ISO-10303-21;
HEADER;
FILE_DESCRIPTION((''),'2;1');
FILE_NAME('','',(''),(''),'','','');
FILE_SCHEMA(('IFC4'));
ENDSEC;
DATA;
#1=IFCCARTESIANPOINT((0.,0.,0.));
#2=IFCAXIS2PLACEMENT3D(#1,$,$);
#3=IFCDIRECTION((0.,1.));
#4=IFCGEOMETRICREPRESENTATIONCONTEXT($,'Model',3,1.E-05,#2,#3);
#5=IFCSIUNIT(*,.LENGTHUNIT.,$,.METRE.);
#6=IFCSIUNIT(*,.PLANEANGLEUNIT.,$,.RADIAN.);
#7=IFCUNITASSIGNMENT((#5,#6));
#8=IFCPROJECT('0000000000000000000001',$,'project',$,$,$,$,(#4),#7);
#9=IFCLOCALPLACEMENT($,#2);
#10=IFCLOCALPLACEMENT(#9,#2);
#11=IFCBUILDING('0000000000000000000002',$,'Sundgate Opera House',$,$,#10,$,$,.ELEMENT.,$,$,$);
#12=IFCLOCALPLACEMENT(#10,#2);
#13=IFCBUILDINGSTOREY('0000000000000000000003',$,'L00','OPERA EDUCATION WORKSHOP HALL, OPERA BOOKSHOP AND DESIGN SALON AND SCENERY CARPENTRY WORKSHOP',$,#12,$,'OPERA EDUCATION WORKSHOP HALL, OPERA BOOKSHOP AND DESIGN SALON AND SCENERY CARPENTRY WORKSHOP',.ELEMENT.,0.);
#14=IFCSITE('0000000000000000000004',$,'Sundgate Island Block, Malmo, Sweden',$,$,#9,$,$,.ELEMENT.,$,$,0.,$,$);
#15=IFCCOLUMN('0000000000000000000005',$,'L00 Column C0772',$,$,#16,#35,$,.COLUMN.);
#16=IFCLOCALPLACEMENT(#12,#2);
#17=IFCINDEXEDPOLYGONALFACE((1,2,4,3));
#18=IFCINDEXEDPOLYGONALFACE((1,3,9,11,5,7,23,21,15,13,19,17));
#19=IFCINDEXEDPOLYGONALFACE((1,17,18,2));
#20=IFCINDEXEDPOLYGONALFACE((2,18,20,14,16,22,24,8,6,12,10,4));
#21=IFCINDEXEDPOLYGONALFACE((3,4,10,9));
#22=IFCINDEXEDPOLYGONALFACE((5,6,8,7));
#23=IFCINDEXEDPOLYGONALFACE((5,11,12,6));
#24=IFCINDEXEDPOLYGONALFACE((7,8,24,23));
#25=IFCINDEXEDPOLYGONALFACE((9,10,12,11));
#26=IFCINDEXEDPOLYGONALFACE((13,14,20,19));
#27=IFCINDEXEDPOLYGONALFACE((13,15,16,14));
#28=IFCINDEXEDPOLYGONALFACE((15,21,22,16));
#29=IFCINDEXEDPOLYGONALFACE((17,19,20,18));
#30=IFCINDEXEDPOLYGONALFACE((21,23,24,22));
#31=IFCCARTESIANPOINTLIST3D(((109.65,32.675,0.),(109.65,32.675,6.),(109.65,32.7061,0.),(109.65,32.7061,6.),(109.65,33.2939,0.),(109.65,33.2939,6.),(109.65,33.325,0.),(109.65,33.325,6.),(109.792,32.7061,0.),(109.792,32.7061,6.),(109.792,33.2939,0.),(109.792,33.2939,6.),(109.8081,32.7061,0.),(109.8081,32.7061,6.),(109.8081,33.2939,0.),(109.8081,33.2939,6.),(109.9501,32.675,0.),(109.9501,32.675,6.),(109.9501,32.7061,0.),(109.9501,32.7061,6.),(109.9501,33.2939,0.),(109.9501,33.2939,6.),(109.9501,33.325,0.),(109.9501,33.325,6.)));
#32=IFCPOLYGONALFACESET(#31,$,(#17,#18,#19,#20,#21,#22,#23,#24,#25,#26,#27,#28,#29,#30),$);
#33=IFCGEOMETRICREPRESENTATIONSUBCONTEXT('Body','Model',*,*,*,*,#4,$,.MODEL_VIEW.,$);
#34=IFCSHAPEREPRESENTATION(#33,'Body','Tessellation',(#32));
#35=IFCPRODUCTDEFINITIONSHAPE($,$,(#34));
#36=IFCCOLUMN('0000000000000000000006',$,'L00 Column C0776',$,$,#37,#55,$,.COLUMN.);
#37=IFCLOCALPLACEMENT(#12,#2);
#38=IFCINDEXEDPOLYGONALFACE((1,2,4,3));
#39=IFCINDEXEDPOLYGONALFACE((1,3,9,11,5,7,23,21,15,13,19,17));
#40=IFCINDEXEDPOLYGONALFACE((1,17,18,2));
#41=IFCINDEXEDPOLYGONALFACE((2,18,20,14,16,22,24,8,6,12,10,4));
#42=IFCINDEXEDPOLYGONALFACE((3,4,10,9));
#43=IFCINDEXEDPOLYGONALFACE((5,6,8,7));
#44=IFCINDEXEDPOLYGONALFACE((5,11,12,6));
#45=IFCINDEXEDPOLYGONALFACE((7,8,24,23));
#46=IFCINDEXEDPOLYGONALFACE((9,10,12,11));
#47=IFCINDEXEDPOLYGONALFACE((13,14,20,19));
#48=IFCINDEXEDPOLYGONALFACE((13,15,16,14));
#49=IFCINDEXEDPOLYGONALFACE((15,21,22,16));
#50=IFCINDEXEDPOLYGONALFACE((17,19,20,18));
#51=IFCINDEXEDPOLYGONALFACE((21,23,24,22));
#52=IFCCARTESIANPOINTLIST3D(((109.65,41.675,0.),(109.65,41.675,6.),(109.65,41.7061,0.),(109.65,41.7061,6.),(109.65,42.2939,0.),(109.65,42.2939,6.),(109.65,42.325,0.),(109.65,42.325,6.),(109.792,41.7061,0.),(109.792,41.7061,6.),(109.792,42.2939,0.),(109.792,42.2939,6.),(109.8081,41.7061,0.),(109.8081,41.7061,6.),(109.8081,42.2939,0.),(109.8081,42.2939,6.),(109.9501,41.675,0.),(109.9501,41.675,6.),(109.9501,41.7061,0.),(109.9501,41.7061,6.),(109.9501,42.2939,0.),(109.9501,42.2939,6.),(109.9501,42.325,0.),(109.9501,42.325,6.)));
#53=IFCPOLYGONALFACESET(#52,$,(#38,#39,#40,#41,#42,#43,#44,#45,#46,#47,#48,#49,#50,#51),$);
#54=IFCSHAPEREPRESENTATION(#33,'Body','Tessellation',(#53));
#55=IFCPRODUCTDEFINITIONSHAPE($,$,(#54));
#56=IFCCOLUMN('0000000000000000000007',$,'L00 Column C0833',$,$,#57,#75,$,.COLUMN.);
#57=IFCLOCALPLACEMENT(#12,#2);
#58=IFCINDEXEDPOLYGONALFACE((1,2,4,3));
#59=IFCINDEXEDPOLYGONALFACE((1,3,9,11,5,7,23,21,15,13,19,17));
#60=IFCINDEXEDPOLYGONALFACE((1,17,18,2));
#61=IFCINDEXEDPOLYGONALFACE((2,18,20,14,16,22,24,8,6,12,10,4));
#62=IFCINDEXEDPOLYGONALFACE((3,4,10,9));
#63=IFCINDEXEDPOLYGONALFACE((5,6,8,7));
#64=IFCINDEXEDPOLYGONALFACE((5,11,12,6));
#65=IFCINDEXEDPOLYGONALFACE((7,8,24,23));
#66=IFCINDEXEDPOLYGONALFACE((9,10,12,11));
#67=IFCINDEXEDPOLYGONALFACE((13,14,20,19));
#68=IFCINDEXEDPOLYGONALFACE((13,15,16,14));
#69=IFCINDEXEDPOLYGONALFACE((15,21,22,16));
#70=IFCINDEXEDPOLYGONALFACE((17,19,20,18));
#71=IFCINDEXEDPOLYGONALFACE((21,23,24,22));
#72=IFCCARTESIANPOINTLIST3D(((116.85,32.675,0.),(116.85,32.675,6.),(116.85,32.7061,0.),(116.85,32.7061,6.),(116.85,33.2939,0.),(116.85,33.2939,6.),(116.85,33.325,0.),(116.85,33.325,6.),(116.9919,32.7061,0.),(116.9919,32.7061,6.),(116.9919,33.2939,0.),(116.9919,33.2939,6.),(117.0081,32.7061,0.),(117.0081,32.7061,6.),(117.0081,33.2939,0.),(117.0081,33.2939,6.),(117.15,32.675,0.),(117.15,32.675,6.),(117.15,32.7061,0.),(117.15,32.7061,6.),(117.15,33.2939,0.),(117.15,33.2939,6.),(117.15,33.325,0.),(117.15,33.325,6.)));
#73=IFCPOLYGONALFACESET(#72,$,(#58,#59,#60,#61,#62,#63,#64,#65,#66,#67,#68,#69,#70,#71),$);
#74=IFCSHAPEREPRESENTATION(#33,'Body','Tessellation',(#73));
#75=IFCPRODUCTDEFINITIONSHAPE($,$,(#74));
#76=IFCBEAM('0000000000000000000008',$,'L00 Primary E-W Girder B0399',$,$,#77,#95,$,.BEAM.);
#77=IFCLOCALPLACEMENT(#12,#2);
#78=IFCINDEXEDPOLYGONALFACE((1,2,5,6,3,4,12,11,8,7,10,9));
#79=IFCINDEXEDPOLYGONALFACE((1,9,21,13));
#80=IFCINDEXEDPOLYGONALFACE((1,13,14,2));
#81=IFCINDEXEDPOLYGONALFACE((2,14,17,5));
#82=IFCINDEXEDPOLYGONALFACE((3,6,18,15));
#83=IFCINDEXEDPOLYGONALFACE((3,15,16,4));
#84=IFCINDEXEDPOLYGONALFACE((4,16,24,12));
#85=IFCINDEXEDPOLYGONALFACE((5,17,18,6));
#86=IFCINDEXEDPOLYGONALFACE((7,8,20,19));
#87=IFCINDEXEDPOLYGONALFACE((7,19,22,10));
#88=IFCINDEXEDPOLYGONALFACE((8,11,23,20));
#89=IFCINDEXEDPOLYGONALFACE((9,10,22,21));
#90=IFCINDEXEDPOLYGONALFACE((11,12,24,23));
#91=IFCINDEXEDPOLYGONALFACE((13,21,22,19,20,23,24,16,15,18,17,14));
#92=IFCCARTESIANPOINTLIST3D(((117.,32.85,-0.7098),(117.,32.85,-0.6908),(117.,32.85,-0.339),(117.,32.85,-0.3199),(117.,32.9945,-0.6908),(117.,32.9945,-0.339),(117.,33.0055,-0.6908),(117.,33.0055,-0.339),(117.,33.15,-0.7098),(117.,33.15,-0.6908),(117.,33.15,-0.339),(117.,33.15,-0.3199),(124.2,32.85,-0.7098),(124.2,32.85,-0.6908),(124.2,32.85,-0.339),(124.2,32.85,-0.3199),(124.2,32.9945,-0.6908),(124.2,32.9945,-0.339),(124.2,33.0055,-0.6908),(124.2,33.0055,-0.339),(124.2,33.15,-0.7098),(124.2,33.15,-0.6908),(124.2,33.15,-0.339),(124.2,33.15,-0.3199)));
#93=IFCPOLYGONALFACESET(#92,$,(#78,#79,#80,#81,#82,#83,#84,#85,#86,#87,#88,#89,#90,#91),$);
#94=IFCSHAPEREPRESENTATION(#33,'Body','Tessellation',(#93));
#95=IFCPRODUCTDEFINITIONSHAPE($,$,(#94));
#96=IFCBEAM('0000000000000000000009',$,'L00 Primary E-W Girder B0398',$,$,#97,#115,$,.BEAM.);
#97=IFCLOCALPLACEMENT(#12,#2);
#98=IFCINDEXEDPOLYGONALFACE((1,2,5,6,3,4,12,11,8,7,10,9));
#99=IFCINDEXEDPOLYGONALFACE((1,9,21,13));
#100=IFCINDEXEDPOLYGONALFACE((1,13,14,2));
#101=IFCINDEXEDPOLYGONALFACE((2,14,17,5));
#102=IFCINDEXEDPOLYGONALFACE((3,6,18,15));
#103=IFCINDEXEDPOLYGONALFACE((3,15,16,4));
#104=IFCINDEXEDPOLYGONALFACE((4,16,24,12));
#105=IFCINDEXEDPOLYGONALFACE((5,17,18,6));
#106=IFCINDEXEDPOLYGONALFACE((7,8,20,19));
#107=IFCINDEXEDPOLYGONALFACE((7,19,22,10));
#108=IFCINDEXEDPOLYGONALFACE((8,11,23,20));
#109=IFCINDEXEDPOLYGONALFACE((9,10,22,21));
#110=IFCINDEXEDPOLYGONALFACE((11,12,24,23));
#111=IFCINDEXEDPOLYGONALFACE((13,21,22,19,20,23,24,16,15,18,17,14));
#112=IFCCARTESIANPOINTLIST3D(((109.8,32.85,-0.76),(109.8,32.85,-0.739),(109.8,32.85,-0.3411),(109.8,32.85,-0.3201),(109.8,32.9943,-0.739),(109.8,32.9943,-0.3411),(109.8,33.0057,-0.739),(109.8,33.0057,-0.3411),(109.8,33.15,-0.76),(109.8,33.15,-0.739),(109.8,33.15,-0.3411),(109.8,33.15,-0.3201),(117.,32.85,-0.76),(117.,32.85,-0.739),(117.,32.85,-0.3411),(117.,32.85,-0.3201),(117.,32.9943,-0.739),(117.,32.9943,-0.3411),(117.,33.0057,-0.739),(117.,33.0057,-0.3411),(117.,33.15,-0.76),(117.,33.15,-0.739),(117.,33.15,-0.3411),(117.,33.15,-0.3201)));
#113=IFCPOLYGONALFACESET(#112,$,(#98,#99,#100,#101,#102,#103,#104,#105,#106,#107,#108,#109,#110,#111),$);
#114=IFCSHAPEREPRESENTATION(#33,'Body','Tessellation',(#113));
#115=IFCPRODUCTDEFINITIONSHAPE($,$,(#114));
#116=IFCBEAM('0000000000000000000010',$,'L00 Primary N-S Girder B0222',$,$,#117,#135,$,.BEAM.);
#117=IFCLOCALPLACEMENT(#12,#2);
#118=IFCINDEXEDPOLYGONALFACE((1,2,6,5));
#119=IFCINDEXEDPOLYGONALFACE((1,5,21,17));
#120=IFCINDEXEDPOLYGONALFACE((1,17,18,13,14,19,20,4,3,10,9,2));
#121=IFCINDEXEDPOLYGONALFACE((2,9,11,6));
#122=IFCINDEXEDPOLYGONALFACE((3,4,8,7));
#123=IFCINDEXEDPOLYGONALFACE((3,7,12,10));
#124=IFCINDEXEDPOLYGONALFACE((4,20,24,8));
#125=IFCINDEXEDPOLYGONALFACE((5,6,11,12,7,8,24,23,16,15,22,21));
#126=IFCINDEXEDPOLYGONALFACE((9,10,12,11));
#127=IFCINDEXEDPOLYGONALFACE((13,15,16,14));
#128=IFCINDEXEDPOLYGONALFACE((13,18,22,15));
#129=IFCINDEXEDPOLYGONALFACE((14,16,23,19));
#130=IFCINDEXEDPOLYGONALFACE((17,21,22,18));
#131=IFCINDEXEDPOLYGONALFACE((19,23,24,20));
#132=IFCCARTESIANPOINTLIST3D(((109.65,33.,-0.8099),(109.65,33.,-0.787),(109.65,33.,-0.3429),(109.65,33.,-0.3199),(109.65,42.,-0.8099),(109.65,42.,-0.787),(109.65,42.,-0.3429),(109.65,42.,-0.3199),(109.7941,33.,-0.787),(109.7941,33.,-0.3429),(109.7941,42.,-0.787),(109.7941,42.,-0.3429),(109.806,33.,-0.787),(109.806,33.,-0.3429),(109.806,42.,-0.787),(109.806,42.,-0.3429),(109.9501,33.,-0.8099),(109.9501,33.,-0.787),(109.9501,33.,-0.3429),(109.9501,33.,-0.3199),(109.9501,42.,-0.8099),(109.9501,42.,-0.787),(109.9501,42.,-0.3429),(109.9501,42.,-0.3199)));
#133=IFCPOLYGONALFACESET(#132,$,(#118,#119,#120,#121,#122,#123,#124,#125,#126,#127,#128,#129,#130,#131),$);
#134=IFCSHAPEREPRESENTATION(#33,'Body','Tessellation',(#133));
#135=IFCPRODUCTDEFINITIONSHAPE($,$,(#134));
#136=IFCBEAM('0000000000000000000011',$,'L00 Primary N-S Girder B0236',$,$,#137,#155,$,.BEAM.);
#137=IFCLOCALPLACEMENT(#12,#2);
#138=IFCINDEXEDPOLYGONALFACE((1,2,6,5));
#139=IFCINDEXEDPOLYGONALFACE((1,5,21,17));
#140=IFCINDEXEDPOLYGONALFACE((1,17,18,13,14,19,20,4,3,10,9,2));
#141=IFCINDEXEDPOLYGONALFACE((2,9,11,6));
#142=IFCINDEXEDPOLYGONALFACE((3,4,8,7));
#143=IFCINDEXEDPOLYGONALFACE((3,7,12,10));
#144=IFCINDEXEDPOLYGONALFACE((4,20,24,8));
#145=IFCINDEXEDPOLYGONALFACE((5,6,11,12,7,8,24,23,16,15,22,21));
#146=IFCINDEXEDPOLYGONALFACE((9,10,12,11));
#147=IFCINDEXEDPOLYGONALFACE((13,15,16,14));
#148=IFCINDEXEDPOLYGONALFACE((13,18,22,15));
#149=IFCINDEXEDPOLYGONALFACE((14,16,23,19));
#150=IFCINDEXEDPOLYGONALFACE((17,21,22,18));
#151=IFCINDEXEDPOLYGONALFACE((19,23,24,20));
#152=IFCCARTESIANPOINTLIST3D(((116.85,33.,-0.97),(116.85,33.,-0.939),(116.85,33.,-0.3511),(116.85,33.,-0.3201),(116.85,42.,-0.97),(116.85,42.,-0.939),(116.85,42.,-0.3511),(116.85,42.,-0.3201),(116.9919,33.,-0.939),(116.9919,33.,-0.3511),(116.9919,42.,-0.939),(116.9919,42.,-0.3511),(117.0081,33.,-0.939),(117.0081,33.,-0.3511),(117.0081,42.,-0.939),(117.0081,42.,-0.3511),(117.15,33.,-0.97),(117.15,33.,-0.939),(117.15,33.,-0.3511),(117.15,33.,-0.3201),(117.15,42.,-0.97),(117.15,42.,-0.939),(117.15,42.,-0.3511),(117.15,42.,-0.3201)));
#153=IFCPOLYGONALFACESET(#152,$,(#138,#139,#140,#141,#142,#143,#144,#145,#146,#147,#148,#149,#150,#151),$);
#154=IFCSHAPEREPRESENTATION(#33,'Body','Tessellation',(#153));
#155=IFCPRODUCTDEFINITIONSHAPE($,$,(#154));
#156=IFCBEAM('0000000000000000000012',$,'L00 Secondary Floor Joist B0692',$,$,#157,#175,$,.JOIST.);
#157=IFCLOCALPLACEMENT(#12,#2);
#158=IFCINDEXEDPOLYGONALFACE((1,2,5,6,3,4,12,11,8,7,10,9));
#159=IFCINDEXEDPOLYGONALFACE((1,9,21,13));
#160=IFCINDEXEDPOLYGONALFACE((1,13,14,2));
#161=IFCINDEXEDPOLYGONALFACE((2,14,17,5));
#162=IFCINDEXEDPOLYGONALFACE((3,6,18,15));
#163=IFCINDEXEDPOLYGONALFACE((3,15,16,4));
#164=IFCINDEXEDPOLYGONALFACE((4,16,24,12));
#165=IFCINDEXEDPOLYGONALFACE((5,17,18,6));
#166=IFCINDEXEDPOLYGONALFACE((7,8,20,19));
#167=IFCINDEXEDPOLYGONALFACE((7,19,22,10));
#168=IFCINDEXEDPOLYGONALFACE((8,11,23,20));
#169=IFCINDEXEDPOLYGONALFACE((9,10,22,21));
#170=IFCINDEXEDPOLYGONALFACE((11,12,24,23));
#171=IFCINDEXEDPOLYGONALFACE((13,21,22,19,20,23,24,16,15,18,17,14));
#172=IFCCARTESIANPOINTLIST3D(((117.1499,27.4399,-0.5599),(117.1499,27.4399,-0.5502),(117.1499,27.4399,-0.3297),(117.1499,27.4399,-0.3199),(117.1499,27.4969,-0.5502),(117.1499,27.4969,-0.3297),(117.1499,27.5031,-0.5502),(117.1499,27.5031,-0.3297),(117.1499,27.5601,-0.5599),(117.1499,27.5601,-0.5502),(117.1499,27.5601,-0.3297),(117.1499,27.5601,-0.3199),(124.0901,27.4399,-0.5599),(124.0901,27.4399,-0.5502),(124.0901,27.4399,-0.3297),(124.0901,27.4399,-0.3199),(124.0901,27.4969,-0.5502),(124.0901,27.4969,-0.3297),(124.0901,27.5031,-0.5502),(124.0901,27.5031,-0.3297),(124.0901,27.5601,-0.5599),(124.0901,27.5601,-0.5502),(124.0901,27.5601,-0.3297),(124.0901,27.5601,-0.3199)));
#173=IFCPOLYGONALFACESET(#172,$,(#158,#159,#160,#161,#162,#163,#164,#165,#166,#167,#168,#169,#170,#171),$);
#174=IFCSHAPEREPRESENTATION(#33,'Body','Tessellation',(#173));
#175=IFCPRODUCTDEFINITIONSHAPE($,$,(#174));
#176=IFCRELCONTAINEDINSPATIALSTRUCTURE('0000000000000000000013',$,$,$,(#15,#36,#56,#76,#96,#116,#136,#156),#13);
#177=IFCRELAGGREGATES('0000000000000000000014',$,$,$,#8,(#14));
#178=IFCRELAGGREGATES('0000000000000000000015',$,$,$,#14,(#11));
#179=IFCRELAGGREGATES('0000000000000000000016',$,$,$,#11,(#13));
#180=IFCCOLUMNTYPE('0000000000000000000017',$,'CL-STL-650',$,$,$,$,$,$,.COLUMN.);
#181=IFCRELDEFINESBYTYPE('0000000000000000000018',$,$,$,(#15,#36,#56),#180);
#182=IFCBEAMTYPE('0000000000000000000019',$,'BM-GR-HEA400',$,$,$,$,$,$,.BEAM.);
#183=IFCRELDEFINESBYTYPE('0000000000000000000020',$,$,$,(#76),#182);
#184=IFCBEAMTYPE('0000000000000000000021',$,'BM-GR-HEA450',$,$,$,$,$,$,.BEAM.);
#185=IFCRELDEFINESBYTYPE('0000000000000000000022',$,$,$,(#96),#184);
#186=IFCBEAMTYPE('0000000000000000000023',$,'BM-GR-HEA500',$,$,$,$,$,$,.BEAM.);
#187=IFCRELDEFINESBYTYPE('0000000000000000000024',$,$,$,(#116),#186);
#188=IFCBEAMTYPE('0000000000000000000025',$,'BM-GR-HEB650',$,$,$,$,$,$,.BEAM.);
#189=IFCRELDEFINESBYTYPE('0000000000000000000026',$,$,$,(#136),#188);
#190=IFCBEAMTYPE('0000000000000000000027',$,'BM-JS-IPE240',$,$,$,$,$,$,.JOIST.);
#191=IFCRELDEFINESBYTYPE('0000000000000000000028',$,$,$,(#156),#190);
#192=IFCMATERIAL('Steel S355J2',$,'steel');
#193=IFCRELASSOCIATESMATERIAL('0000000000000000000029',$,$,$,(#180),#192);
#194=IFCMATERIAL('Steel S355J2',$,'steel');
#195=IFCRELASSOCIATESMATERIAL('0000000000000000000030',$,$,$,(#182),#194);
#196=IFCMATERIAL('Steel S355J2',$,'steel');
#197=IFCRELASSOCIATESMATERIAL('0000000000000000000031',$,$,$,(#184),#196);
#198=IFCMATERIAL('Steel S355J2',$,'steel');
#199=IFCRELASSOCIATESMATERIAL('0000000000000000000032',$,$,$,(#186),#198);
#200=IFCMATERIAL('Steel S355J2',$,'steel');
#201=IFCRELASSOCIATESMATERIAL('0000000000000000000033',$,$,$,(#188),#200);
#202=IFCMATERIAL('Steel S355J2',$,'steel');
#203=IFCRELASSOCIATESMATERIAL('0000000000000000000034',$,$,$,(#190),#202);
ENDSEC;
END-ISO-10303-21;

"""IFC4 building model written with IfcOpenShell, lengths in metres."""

from ifc_helpers import new_model, si_unit, direction, frame, origin, origin_2d, place, context, subcontext, project, spatial, i_section, extrude, material, material_profile, profile_set, type_object, element, save


model = new_model("IFC4")

# Units and contexts
model_context = context("Model", 3, precision=1e-05, world=origin(), true_north=direction((0.0, 1.0)))
body_context = subcontext(model_context, "Body", "Model", "MODEL_VIEW")
ifc_project = project(units=[si_unit("LENGTHUNIT", "METRE"), si_unit("PLANEANGLEUNIT", "RADIAN")], contexts=[model_context])

# Site, building, storey
site_placement = place(None, origin())
site = spatial("IfcSite", under=ifc_project, at=site_placement, Name="Sundgate Island Block, Malmo, Sweden", CompositionType="ELEMENT", RefElevation=0.0)
building_placement = place(site_placement, origin())
building = spatial("IfcBuilding", under=site, at=building_placement, Name="Sundgate Opera House", CompositionType="ELEMENT")
storey_placement = place(building_placement, origin())
storey = spatial("IfcBuildingStorey", under=building, at=storey_placement, Name="L00", Description="OPERA EDUCATION WORKSHOP HALL, OPERA BOOKSHOP AND DESIGN SALON AND SCENERY CARPENTRY WORKSHOP", LongName="OPERA EDUCATION WORKSHOP HALL, OPERA BOOKSHOP AND DESIGN SALON AND SCENERY CARPENTRY WORKSHOP", CompositionType="ELEMENT", Elevation=0.0)

# Columns
ifc_material_1 = material(Name="Steel S355J2", Category="steel")
ifc_material_profile_1 = material_profile(ifc_material_1, i_section(OverallWidth=0.3, OverallDepth=0.6499, WebThickness=0.0161, FlangeThickness=0.031, at=origin_2d()), Name="HEB 650")
ifc_profile_set_1 = profile_set([ifc_material_profile_1], Name="Steel S355J2")
column_type = type_object("IfcColumnType", Name="CL-STL-650", PredefinedType="COLUMN", material=ifc_profile_set_1)
for number, where, z_axis, x_axis, name in (
    (1, (109.8, 33.0, 0.0), (0.0, 0.0, 1.0), (1.0, 0.0, 0.0), "L00 Column C0772"),
    (2, (109.8, 42.0, 0.0), (0.0, 0.0, 1.0), (1.0, 0.0, 0.0), "L00 Column C0776"),
    (3, (117.0, 33.0, 0.0), (0.0, 0.0, 1.0), (1.0, 0.0, 0.0), "L00 Column C0833"),
):
    element("IfcColumn", number, at=place(storey_placement, frame(where, z_axis=z_axis, x_axis=x_axis)), inside=storey, type_object=column_type, Name=name, PredefinedType="COLUMN", context=body_context, shape_type="SweptSolid", body=[
        extrude(i_section(OverallWidth=0.3, OverallDepth=0.6499, WebThickness=0.0161, FlangeThickness=0.031, at=origin_2d()), origin(), (0.0, 0.0, 1.0), 6.0),
    ])

# Beams
ifc_material_2 = material(Name="Steel S355J2", Category="steel")
ifc_material_profile_2 = material_profile(ifc_material_2, i_section(OverallWidth=0.3, OverallDepth=0.3899, WebThickness=0.011, FlangeThickness=0.019, at=origin_2d()), Name="HEA 400")
ifc_profile_set_2 = profile_set([ifc_material_profile_2], Name="Steel S355J2")
beam_type_1 = type_object("IfcBeamType", Name="BM-GR-HEA400", PredefinedType="BEAM", material=ifc_profile_set_2)
beam_1_placement = place(storey_placement, frame((117.0, 33.0, -0.5149), z_axis=(1.0, 0.0, 0.0), x_axis=(0.0, 1.0, 0.0)))
element("IfcBeam", 4, at=beam_1_placement, inside=storey, type_object=beam_type_1, Name="L00 Primary E-W Girder B0399", PredefinedType="BEAM", context=body_context, shape_type="SweptSolid", body=[
    extrude(i_section(OverallWidth=0.3, OverallDepth=0.3899, WebThickness=0.011, FlangeThickness=0.019, at=origin_2d()), origin(), (0.0, 0.0, 1.0), 7.2),
])
ifc_material_3 = material(Name="Steel S355J2", Category="steel")
ifc_material_profile_3 = material_profile(ifc_material_3, i_section(OverallWidth=0.3, OverallDepth=0.4399, WebThickness=0.0115, FlangeThickness=0.021, at=origin_2d()), Name="HEA 450")
ifc_profile_set_3 = profile_set([ifc_material_profile_3], Name="Steel S355J2")
beam_type_2 = type_object("IfcBeamType", Name="BM-GR-HEA450", PredefinedType="BEAM", material=ifc_profile_set_3)
beam_2_placement = place(storey_placement, frame((109.8, 33.0, -0.54), z_axis=(1.0, 0.0, 0.0), x_axis=(0.0, 1.0, 0.0)))
element("IfcBeam", 5, at=beam_2_placement, inside=storey, type_object=beam_type_2, Name="L00 Primary E-W Girder B0398", PredefinedType="BEAM", context=body_context, shape_type="SweptSolid", body=[
    extrude(i_section(OverallWidth=0.3, OverallDepth=0.4399, WebThickness=0.0115, FlangeThickness=0.021, at=origin_2d()), origin(), (0.0, 0.0, 1.0), 7.2),
])
ifc_material_4 = material(Name="Steel S355J2", Category="steel")
ifc_material_profile_4 = material_profile(ifc_material_4, i_section(OverallWidth=0.3, OverallDepth=0.49, WebThickness=0.012, FlangeThickness=0.0229, at=origin_2d()), Name="HEA 500")
ifc_profile_set_4 = profile_set([ifc_material_profile_4], Name="Steel S355J2")
beam_type_3 = type_object("IfcBeamType", Name="BM-GR-HEA500", PredefinedType="BEAM", material=ifc_profile_set_4)
beam_3_placement = place(storey_placement, frame((109.8, 33.0, -0.5649), z_axis=(0.0, 1.0, 0.0), x_axis=(-1.0, 0.0, 0.0)))
element("IfcBeam", 6, at=beam_3_placement, inside=storey, type_object=beam_type_3, Name="L00 Primary N-S Girder B0222", PredefinedType="BEAM", context=body_context, shape_type="SweptSolid", body=[
    extrude(i_section(OverallWidth=0.3, OverallDepth=0.49, WebThickness=0.012, FlangeThickness=0.0229, at=origin_2d()), origin(), (0.0, 0.0, 1.0), 9.0),
])
ifc_material_5 = material(Name="Steel S355J2", Category="steel")
ifc_material_profile_5 = material_profile(ifc_material_5, i_section(OverallWidth=0.3, OverallDepth=0.6499, WebThickness=0.0161, FlangeThickness=0.031, at=origin_2d()), Name="HEB 650")
ifc_profile_set_5 = profile_set([ifc_material_profile_5], Name="Steel S355J2")
beam_type_4 = type_object("IfcBeamType", Name="BM-GR-HEB650", PredefinedType="BEAM", material=ifc_profile_set_5)
beam_4_placement = place(storey_placement, frame((117.0, 33.0, -0.645), z_axis=(0.0, 1.0, 0.0), x_axis=(-1.0, 0.0, 0.0)))
element("IfcBeam", 7, at=beam_4_placement, inside=storey, type_object=beam_type_4, Name="L00 Primary N-S Girder B0236", PredefinedType="BEAM", context=body_context, shape_type="SweptSolid", body=[
    extrude(i_section(OverallWidth=0.3, OverallDepth=0.6499, WebThickness=0.0161, FlangeThickness=0.031, at=origin_2d()), origin(), (0.0, 0.0, 1.0), 9.0),
])
ifc_material_6 = material(Name="Steel S355J2", Category="steel")
ifc_material_profile_6 = material_profile(ifc_material_6, i_section(OverallWidth=0.1201, OverallDepth=0.24, WebThickness=0.0061, FlangeThickness=0.0098, at=origin_2d()), Name="IPE 240")
ifc_profile_set_6 = profile_set([ifc_material_profile_6], Name="Steel S355J2")
beam_type_5 = type_object("IfcBeamType", Name="BM-JS-IPE240", PredefinedType="JOIST", material=ifc_profile_set_6)
beam_5_placement = place(storey_placement, frame((117.1499, 27.5, -0.4399), z_axis=(1.0, 0.0, 0.0), x_axis=(0.0, 1.0, 0.0)))
element("IfcBeam", 8, at=beam_5_placement, inside=storey, type_object=beam_type_5, Name="L00 Secondary Floor Joist B0692", PredefinedType="JOIST", context=body_context, shape_type="SweptSolid", body=[
    extrude(i_section(OverallWidth=0.1201, OverallDepth=0.24, WebThickness=0.0061, FlangeThickness=0.0098, at=origin_2d()), origin(), (0.0, 0.0, 1.0), 6.9402),
])

save(model, "model.ifc")
